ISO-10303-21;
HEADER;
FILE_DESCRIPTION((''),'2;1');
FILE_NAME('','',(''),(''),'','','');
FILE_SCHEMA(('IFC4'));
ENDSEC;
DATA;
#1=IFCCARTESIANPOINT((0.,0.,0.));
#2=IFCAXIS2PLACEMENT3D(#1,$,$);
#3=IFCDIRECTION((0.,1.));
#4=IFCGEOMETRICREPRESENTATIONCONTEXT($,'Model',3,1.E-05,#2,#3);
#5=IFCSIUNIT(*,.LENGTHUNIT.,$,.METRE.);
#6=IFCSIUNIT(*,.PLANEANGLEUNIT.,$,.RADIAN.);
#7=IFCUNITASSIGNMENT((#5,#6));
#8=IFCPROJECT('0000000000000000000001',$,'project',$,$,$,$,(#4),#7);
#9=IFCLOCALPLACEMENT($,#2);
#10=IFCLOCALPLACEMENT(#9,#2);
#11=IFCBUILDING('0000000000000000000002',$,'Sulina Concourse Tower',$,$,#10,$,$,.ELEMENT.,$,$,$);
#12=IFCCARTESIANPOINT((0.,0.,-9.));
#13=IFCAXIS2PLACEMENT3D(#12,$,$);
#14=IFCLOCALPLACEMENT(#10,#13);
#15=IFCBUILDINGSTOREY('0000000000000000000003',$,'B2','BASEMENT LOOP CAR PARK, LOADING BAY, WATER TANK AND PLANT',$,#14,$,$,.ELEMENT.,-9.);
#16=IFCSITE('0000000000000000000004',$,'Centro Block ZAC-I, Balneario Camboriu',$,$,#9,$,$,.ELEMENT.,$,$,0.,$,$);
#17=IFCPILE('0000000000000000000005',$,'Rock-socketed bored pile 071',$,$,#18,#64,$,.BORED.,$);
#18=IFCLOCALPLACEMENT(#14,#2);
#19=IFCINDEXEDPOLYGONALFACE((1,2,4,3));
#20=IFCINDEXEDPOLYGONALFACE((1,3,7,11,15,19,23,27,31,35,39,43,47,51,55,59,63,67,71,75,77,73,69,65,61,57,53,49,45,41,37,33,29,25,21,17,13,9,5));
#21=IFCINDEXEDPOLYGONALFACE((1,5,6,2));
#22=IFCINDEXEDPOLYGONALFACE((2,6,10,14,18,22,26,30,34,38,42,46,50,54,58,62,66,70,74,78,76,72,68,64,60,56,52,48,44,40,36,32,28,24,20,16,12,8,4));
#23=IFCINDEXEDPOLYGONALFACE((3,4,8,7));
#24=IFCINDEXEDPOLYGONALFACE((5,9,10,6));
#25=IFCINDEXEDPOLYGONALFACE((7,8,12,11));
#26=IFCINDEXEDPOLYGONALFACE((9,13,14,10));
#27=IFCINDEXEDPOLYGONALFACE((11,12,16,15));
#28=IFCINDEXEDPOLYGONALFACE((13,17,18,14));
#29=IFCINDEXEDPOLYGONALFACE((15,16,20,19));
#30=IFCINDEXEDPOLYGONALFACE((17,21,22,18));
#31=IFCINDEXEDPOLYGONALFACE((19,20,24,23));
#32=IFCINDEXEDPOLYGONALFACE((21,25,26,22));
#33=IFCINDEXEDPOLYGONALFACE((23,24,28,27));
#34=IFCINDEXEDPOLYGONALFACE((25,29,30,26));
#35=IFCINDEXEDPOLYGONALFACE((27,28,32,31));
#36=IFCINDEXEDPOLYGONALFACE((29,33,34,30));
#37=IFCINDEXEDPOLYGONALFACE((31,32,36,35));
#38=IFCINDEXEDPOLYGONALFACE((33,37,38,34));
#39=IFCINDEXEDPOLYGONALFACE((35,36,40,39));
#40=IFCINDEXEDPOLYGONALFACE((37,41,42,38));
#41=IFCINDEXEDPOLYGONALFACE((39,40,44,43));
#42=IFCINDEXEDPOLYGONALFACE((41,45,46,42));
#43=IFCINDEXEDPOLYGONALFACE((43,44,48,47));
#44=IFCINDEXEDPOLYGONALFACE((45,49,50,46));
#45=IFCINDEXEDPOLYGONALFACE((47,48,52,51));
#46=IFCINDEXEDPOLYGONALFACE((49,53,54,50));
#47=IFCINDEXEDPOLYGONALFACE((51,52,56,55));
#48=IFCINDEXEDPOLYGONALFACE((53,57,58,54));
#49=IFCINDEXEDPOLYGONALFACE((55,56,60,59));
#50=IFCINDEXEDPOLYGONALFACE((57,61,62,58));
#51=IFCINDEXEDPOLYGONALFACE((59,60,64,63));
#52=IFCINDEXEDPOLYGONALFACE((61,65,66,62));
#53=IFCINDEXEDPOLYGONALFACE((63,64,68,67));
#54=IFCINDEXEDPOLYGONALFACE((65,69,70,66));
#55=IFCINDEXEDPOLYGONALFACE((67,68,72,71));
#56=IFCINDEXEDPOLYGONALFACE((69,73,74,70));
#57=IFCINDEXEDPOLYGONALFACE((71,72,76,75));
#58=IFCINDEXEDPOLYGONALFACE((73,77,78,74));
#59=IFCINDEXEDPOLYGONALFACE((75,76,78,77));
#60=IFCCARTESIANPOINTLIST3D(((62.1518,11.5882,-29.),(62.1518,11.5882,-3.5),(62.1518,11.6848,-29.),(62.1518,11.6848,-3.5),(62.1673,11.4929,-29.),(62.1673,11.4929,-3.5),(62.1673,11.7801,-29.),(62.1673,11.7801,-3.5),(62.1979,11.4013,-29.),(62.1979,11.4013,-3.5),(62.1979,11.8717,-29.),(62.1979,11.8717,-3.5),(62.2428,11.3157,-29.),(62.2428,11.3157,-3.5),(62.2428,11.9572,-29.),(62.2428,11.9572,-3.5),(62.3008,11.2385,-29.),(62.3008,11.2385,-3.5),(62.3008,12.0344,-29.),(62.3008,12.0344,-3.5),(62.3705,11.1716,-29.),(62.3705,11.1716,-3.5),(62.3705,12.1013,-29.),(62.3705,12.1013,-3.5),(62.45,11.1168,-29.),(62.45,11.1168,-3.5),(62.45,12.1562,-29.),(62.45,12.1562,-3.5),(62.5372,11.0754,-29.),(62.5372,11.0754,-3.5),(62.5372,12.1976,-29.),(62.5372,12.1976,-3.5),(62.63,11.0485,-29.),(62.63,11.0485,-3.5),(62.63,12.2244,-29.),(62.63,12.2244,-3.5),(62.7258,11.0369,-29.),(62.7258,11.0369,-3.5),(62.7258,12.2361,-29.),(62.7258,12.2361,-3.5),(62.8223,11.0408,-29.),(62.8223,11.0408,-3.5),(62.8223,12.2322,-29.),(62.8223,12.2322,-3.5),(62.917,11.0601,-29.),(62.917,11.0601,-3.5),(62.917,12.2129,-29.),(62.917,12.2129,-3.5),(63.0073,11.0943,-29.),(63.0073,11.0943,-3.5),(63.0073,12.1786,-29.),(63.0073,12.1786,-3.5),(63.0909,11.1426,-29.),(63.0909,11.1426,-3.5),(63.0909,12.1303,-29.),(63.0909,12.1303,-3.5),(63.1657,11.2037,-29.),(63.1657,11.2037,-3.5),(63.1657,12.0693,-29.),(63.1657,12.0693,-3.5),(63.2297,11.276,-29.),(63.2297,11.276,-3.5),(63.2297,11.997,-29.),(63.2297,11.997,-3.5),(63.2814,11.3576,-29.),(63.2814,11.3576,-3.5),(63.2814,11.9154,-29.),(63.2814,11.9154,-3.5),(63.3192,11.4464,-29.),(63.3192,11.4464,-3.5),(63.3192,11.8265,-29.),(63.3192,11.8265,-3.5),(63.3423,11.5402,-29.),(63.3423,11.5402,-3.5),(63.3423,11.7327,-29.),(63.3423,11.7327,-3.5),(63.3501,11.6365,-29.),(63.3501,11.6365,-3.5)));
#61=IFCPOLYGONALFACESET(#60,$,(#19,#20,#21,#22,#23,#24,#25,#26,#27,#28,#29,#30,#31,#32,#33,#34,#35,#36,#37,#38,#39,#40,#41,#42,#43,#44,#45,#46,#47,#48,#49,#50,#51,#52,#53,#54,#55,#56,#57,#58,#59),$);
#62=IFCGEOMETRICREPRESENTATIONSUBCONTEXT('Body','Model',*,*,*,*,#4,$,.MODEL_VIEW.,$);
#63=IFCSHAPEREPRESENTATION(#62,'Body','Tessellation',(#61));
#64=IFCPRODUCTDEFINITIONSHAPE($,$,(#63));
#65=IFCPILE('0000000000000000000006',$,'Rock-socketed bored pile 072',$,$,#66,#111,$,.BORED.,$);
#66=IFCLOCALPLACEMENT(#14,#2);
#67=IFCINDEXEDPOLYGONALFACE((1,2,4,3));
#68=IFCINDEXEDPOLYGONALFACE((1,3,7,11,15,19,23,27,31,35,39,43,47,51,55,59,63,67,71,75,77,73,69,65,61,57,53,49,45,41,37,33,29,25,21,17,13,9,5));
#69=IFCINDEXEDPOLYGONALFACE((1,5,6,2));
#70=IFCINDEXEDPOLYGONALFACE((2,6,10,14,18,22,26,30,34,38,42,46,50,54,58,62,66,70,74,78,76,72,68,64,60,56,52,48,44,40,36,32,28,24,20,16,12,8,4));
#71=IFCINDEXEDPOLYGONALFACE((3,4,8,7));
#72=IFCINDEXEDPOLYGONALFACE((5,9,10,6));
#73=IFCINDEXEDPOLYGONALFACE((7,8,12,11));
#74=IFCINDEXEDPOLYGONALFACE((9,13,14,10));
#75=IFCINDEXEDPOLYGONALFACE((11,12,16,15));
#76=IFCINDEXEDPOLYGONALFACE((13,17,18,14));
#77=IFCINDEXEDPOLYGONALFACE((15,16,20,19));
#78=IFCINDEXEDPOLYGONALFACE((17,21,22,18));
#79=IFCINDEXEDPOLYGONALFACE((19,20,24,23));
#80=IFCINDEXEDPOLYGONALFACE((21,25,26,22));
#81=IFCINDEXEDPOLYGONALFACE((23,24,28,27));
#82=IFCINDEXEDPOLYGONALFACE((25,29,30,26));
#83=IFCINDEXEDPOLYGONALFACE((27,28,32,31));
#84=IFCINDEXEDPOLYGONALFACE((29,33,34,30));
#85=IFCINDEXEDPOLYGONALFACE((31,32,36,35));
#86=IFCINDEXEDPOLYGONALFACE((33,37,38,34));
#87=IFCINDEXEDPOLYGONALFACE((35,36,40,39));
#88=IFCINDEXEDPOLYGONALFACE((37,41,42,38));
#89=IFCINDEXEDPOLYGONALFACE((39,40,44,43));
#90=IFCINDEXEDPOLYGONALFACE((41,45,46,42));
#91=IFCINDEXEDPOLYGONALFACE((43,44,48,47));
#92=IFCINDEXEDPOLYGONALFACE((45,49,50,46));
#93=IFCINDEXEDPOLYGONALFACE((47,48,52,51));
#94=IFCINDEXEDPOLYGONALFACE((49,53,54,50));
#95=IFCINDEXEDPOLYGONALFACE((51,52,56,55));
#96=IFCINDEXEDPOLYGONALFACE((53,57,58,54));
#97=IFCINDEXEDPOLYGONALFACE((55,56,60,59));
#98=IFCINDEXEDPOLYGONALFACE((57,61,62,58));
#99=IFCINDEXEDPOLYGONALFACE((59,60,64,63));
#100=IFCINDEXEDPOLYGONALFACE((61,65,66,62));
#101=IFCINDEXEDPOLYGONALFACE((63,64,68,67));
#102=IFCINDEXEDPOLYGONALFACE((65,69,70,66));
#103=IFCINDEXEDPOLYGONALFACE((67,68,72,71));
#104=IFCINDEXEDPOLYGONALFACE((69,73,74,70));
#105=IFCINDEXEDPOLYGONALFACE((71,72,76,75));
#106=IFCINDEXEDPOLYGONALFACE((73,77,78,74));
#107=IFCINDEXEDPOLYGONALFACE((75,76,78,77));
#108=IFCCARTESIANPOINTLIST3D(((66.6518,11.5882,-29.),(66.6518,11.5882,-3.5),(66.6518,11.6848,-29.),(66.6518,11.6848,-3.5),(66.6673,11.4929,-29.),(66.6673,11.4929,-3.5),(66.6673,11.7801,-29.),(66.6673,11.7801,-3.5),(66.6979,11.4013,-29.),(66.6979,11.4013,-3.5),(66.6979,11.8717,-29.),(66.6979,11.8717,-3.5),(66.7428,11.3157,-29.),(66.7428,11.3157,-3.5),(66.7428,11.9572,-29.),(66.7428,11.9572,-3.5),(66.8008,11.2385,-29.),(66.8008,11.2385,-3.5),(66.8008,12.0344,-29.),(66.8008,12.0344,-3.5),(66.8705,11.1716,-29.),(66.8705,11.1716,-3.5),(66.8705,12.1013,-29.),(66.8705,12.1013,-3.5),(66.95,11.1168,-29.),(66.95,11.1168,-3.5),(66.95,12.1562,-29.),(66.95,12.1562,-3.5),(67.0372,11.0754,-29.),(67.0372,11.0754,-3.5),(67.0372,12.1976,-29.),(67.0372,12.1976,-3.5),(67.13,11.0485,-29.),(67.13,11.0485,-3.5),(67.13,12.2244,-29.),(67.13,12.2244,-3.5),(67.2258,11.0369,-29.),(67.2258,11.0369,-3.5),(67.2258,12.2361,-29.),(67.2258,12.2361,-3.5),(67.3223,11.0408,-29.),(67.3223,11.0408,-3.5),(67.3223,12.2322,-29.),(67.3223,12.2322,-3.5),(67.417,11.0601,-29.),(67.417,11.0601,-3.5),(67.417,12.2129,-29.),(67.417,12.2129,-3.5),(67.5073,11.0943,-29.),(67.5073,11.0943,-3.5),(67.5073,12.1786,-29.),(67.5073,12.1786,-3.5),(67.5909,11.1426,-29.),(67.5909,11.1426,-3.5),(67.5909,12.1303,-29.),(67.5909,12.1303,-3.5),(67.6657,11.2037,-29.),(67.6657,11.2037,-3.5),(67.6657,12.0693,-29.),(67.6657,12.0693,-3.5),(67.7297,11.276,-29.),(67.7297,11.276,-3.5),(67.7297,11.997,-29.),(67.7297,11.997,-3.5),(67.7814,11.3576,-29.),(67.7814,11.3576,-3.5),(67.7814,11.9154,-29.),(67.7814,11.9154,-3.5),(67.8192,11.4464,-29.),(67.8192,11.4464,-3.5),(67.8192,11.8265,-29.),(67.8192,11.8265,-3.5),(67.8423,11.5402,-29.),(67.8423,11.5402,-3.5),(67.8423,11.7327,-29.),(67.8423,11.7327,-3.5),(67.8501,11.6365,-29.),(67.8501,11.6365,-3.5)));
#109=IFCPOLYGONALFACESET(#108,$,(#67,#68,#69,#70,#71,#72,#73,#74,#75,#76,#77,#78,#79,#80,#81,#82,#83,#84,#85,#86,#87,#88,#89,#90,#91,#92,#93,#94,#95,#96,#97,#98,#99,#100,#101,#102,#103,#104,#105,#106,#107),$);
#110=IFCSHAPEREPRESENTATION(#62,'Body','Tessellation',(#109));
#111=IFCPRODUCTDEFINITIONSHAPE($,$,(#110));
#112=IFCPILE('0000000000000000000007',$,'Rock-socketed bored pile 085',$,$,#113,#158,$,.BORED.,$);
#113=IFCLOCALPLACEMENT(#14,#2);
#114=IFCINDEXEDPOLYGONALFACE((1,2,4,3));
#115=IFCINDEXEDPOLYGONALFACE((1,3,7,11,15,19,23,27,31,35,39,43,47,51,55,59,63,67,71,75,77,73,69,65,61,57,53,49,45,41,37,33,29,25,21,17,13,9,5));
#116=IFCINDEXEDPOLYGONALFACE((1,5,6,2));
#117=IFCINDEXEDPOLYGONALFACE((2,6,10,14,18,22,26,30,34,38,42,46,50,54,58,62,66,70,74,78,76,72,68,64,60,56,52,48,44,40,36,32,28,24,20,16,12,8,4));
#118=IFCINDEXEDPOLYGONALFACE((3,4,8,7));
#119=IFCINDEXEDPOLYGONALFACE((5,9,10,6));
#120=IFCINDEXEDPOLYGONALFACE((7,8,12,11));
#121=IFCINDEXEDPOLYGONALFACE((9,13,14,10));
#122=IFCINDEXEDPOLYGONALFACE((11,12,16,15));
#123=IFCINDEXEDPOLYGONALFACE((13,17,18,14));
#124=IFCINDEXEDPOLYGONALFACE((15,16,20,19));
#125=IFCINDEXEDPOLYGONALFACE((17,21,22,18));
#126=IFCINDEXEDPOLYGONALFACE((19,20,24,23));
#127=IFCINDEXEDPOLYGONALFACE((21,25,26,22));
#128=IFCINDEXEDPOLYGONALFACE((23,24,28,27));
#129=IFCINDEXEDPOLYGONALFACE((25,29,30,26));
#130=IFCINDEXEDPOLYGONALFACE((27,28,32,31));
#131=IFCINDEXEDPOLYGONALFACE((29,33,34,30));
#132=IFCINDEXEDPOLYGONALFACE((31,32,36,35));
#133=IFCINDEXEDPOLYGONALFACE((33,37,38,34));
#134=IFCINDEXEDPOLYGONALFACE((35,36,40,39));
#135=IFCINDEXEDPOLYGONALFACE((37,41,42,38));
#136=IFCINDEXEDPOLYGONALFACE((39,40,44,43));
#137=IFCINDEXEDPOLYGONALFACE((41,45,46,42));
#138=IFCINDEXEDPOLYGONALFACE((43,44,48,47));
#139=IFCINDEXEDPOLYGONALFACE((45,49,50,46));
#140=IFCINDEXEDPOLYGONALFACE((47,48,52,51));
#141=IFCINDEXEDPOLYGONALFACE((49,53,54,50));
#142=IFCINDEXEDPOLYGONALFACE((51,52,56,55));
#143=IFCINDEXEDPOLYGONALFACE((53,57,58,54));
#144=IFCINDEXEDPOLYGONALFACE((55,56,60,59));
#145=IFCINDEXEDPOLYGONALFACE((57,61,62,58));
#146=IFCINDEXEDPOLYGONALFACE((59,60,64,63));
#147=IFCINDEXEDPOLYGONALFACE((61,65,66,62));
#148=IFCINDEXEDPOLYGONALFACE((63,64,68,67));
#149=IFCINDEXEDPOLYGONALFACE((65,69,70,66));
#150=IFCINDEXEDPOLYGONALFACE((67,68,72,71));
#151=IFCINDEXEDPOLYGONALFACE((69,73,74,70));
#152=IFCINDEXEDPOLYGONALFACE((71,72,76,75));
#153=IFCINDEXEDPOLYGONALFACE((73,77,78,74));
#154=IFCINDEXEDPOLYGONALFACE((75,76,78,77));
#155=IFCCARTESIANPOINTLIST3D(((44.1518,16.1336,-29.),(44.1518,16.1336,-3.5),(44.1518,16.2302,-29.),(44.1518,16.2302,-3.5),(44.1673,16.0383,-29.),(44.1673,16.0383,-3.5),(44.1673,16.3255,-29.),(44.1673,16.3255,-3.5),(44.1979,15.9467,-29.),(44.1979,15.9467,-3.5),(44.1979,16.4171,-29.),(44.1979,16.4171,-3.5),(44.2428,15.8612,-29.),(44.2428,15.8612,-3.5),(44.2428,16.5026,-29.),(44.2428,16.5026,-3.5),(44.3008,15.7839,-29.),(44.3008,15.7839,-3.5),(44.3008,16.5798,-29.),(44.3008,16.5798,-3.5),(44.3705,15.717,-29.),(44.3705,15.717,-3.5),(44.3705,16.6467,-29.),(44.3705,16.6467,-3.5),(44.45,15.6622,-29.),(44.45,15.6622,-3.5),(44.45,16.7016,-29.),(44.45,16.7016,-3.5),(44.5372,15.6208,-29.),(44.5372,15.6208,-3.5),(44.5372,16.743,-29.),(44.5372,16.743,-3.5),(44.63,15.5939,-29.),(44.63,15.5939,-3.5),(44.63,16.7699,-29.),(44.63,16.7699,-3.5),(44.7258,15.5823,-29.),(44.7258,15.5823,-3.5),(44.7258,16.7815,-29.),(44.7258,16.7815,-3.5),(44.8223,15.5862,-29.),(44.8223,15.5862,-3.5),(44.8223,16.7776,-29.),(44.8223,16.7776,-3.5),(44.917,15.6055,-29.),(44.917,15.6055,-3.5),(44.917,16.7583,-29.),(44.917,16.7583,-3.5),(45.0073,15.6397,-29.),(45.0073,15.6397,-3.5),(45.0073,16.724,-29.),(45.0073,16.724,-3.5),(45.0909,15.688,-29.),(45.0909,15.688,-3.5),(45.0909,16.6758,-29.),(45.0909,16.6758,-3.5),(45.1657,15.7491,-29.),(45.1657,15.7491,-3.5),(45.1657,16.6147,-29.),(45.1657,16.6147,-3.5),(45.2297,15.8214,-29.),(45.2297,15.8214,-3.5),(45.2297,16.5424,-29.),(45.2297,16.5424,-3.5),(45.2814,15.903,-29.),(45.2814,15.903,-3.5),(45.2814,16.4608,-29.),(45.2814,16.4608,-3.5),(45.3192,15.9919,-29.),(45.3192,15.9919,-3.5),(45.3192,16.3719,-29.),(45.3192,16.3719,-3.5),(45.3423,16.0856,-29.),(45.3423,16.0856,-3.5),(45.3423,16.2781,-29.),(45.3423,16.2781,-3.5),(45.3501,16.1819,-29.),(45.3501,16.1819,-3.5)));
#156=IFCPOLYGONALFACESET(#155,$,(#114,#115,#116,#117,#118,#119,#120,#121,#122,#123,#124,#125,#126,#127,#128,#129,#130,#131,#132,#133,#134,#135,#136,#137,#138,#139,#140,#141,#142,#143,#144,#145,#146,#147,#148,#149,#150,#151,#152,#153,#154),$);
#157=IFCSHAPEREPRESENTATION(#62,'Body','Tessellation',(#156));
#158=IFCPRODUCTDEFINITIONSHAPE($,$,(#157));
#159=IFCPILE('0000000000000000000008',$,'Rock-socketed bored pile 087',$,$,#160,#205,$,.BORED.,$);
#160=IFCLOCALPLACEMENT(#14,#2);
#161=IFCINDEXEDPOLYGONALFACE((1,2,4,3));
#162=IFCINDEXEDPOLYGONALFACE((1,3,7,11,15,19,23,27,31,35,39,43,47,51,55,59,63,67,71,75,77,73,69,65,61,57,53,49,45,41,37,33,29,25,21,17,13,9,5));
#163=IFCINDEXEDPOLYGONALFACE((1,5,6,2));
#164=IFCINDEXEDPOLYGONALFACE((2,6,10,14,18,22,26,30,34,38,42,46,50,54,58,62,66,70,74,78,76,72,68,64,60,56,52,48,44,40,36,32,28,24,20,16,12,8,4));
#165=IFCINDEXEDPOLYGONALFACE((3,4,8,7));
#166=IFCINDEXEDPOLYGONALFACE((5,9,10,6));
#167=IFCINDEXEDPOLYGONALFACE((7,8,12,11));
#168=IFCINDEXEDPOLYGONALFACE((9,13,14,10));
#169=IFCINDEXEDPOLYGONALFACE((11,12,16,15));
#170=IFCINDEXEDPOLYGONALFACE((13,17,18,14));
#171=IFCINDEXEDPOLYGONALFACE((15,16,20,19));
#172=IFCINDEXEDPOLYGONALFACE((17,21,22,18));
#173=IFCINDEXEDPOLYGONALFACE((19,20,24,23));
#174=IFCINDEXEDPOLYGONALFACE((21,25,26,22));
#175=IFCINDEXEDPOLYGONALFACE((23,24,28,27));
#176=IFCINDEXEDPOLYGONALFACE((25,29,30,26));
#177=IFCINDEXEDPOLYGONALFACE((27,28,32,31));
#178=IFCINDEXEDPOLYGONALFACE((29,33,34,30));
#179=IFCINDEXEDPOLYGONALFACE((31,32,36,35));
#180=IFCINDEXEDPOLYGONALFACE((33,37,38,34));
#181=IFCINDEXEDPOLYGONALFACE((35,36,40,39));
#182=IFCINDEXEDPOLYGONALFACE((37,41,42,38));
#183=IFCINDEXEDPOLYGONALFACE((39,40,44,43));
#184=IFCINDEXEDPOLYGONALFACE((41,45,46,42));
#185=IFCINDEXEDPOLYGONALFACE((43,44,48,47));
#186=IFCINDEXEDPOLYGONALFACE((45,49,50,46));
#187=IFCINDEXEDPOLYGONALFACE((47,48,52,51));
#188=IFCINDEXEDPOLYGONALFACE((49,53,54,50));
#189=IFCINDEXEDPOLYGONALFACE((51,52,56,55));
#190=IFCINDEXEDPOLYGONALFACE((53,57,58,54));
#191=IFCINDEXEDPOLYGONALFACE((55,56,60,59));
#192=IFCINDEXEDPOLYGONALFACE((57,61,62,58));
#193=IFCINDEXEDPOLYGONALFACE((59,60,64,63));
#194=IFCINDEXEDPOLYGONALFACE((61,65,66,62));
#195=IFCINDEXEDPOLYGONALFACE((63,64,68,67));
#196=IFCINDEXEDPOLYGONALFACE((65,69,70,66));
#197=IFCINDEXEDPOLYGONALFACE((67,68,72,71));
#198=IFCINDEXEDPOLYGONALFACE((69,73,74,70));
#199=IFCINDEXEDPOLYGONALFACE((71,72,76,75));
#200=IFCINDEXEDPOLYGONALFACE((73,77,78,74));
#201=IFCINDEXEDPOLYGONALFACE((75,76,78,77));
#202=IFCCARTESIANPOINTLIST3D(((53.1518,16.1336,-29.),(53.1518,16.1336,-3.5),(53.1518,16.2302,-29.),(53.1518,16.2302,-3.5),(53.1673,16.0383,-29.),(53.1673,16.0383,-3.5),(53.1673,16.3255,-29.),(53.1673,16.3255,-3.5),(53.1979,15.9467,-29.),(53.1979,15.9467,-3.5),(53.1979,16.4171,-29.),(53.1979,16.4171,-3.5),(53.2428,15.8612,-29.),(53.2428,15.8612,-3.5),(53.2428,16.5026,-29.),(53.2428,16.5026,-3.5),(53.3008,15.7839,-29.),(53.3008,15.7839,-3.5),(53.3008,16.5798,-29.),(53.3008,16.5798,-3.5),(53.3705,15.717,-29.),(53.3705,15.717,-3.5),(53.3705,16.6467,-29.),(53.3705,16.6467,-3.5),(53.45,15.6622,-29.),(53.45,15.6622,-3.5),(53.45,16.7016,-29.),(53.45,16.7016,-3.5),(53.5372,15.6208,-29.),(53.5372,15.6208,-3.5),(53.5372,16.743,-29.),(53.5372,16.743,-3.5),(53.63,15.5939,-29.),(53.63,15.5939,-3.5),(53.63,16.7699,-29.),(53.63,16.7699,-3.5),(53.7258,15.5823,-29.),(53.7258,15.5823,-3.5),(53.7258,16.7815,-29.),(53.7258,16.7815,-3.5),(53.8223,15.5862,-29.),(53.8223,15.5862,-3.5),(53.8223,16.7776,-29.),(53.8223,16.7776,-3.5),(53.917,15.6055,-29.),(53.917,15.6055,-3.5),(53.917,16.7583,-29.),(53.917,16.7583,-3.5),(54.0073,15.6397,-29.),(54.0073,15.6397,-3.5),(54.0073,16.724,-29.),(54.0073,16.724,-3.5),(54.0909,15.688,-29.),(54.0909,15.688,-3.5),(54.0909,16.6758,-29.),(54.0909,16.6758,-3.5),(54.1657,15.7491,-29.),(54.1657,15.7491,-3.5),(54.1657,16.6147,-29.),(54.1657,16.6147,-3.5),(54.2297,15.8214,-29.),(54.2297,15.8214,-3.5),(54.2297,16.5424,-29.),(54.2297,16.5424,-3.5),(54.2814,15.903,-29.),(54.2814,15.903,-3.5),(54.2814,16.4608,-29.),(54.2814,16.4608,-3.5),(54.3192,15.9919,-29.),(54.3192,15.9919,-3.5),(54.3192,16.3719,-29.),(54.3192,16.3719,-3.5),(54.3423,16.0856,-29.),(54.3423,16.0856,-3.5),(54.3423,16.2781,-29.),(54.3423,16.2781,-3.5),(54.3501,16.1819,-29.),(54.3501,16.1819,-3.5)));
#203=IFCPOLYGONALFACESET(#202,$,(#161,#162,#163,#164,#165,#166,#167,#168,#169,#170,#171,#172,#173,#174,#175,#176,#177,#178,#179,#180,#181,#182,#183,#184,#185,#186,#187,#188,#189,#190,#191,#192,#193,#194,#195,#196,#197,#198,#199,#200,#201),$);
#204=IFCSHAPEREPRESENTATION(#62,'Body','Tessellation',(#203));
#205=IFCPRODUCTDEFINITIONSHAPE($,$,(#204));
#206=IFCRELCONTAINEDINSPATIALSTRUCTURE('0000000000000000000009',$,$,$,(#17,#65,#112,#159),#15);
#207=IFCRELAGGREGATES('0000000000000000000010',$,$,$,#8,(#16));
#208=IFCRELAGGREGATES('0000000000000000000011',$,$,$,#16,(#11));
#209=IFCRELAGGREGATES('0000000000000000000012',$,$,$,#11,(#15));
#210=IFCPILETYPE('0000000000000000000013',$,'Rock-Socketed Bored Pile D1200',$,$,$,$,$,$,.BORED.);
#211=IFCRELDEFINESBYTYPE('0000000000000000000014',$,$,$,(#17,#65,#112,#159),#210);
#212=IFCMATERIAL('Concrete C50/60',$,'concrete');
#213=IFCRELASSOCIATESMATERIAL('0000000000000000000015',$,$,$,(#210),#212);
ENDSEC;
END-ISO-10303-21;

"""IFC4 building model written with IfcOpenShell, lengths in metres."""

from ifc_helpers import new_model, si_unit, direction, frame, origin, origin_2d, place, context, subcontext, project, spatial, circle, extrude, material, material_profile, profile_set, type_object, element, save


model = new_model("IFC4")

# Units and contexts
model_context = context("Model", 3, precision=1e-05, world=origin(), true_north=direction((0.0, 1.0)))
body_context = subcontext(model_context, "Body", "Model", "MODEL_VIEW")
ifc_project = project(units=[si_unit("LENGTHUNIT", "METRE"), si_unit("PLANEANGLEUNIT", "RADIAN")], contexts=[model_context])

# Site, building, storey
site_placement = place(None, origin())
site = spatial("IfcSite", under=ifc_project, at=site_placement, Name="Centro Block ZAC-I, Balneario Camboriu", CompositionType="ELEMENT", RefElevation=0.0)
building_placement = place(site_placement, origin())
building = spatial("IfcBuilding", under=site, at=building_placement, Name="Sulina Concourse Tower", CompositionType="ELEMENT")
storey_placement = place(building_placement, frame((0.0, 0.0, -9.0)))
storey = spatial("IfcBuildingStorey", under=building, at=storey_placement, Name="B2", Description="BASEMENT LOOP CAR PARK, LOADING BAY, WATER TANK AND PLANT", CompositionType="ELEMENT", Elevation=-9.0)

# Piles
ifc_material_1 = material(Name="Concrete C50/60", Category="concrete")
ifc_material_profile_1 = material_profile(ifc_material_1, circle(Radius=0.6001, at=origin_2d()), Name="PILE D1200")
ifc_profile_set_1 = profile_set([ifc_material_profile_1], Name="Concrete C50/60")
pile_type_1 = type_object("IfcPileType", Name="Rock-Socketed Bored Pile D1200", PredefinedType="BORED", material=ifc_profile_set_1)
for number, where, z_axis, x_axis, name in (
    (1, (62.75, 11.6365, -3.5), (0.0, 0.0, -1.0), (1.0, 0.0, 0.0), "Rock-socketed bored pile 071"),
    (2, (67.25, 11.6365, -3.5), (0.0, 0.0, -1.0), (1.0, 0.0, 0.0), "Rock-socketed bored pile 072"),
    (3, (44.75, 16.1819, -3.5), (0.0, 0.0, -1.0), (1.0, 0.0, 0.0), "Rock-socketed bored pile 085"),
    (4, (53.75, 16.1819, -3.5), (0.0, 0.0, -1.0), (1.0, 0.0, 0.0), "Rock-socketed bored pile 087"),
):
    element("IfcPile", number, at=place(storey_placement, frame(where, z_axis=z_axis, x_axis=x_axis)), inside=storey, type_object=pile_type_1, Name=name, PredefinedType="BORED", context=body_context, shape_type="SweptSolid", body=[
        extrude(circle(Radius=0.6001, at=origin_2d()), origin(), (0.0, 0.0, 1.0), 25.5),
    ])

save(model, "model.ifc")
